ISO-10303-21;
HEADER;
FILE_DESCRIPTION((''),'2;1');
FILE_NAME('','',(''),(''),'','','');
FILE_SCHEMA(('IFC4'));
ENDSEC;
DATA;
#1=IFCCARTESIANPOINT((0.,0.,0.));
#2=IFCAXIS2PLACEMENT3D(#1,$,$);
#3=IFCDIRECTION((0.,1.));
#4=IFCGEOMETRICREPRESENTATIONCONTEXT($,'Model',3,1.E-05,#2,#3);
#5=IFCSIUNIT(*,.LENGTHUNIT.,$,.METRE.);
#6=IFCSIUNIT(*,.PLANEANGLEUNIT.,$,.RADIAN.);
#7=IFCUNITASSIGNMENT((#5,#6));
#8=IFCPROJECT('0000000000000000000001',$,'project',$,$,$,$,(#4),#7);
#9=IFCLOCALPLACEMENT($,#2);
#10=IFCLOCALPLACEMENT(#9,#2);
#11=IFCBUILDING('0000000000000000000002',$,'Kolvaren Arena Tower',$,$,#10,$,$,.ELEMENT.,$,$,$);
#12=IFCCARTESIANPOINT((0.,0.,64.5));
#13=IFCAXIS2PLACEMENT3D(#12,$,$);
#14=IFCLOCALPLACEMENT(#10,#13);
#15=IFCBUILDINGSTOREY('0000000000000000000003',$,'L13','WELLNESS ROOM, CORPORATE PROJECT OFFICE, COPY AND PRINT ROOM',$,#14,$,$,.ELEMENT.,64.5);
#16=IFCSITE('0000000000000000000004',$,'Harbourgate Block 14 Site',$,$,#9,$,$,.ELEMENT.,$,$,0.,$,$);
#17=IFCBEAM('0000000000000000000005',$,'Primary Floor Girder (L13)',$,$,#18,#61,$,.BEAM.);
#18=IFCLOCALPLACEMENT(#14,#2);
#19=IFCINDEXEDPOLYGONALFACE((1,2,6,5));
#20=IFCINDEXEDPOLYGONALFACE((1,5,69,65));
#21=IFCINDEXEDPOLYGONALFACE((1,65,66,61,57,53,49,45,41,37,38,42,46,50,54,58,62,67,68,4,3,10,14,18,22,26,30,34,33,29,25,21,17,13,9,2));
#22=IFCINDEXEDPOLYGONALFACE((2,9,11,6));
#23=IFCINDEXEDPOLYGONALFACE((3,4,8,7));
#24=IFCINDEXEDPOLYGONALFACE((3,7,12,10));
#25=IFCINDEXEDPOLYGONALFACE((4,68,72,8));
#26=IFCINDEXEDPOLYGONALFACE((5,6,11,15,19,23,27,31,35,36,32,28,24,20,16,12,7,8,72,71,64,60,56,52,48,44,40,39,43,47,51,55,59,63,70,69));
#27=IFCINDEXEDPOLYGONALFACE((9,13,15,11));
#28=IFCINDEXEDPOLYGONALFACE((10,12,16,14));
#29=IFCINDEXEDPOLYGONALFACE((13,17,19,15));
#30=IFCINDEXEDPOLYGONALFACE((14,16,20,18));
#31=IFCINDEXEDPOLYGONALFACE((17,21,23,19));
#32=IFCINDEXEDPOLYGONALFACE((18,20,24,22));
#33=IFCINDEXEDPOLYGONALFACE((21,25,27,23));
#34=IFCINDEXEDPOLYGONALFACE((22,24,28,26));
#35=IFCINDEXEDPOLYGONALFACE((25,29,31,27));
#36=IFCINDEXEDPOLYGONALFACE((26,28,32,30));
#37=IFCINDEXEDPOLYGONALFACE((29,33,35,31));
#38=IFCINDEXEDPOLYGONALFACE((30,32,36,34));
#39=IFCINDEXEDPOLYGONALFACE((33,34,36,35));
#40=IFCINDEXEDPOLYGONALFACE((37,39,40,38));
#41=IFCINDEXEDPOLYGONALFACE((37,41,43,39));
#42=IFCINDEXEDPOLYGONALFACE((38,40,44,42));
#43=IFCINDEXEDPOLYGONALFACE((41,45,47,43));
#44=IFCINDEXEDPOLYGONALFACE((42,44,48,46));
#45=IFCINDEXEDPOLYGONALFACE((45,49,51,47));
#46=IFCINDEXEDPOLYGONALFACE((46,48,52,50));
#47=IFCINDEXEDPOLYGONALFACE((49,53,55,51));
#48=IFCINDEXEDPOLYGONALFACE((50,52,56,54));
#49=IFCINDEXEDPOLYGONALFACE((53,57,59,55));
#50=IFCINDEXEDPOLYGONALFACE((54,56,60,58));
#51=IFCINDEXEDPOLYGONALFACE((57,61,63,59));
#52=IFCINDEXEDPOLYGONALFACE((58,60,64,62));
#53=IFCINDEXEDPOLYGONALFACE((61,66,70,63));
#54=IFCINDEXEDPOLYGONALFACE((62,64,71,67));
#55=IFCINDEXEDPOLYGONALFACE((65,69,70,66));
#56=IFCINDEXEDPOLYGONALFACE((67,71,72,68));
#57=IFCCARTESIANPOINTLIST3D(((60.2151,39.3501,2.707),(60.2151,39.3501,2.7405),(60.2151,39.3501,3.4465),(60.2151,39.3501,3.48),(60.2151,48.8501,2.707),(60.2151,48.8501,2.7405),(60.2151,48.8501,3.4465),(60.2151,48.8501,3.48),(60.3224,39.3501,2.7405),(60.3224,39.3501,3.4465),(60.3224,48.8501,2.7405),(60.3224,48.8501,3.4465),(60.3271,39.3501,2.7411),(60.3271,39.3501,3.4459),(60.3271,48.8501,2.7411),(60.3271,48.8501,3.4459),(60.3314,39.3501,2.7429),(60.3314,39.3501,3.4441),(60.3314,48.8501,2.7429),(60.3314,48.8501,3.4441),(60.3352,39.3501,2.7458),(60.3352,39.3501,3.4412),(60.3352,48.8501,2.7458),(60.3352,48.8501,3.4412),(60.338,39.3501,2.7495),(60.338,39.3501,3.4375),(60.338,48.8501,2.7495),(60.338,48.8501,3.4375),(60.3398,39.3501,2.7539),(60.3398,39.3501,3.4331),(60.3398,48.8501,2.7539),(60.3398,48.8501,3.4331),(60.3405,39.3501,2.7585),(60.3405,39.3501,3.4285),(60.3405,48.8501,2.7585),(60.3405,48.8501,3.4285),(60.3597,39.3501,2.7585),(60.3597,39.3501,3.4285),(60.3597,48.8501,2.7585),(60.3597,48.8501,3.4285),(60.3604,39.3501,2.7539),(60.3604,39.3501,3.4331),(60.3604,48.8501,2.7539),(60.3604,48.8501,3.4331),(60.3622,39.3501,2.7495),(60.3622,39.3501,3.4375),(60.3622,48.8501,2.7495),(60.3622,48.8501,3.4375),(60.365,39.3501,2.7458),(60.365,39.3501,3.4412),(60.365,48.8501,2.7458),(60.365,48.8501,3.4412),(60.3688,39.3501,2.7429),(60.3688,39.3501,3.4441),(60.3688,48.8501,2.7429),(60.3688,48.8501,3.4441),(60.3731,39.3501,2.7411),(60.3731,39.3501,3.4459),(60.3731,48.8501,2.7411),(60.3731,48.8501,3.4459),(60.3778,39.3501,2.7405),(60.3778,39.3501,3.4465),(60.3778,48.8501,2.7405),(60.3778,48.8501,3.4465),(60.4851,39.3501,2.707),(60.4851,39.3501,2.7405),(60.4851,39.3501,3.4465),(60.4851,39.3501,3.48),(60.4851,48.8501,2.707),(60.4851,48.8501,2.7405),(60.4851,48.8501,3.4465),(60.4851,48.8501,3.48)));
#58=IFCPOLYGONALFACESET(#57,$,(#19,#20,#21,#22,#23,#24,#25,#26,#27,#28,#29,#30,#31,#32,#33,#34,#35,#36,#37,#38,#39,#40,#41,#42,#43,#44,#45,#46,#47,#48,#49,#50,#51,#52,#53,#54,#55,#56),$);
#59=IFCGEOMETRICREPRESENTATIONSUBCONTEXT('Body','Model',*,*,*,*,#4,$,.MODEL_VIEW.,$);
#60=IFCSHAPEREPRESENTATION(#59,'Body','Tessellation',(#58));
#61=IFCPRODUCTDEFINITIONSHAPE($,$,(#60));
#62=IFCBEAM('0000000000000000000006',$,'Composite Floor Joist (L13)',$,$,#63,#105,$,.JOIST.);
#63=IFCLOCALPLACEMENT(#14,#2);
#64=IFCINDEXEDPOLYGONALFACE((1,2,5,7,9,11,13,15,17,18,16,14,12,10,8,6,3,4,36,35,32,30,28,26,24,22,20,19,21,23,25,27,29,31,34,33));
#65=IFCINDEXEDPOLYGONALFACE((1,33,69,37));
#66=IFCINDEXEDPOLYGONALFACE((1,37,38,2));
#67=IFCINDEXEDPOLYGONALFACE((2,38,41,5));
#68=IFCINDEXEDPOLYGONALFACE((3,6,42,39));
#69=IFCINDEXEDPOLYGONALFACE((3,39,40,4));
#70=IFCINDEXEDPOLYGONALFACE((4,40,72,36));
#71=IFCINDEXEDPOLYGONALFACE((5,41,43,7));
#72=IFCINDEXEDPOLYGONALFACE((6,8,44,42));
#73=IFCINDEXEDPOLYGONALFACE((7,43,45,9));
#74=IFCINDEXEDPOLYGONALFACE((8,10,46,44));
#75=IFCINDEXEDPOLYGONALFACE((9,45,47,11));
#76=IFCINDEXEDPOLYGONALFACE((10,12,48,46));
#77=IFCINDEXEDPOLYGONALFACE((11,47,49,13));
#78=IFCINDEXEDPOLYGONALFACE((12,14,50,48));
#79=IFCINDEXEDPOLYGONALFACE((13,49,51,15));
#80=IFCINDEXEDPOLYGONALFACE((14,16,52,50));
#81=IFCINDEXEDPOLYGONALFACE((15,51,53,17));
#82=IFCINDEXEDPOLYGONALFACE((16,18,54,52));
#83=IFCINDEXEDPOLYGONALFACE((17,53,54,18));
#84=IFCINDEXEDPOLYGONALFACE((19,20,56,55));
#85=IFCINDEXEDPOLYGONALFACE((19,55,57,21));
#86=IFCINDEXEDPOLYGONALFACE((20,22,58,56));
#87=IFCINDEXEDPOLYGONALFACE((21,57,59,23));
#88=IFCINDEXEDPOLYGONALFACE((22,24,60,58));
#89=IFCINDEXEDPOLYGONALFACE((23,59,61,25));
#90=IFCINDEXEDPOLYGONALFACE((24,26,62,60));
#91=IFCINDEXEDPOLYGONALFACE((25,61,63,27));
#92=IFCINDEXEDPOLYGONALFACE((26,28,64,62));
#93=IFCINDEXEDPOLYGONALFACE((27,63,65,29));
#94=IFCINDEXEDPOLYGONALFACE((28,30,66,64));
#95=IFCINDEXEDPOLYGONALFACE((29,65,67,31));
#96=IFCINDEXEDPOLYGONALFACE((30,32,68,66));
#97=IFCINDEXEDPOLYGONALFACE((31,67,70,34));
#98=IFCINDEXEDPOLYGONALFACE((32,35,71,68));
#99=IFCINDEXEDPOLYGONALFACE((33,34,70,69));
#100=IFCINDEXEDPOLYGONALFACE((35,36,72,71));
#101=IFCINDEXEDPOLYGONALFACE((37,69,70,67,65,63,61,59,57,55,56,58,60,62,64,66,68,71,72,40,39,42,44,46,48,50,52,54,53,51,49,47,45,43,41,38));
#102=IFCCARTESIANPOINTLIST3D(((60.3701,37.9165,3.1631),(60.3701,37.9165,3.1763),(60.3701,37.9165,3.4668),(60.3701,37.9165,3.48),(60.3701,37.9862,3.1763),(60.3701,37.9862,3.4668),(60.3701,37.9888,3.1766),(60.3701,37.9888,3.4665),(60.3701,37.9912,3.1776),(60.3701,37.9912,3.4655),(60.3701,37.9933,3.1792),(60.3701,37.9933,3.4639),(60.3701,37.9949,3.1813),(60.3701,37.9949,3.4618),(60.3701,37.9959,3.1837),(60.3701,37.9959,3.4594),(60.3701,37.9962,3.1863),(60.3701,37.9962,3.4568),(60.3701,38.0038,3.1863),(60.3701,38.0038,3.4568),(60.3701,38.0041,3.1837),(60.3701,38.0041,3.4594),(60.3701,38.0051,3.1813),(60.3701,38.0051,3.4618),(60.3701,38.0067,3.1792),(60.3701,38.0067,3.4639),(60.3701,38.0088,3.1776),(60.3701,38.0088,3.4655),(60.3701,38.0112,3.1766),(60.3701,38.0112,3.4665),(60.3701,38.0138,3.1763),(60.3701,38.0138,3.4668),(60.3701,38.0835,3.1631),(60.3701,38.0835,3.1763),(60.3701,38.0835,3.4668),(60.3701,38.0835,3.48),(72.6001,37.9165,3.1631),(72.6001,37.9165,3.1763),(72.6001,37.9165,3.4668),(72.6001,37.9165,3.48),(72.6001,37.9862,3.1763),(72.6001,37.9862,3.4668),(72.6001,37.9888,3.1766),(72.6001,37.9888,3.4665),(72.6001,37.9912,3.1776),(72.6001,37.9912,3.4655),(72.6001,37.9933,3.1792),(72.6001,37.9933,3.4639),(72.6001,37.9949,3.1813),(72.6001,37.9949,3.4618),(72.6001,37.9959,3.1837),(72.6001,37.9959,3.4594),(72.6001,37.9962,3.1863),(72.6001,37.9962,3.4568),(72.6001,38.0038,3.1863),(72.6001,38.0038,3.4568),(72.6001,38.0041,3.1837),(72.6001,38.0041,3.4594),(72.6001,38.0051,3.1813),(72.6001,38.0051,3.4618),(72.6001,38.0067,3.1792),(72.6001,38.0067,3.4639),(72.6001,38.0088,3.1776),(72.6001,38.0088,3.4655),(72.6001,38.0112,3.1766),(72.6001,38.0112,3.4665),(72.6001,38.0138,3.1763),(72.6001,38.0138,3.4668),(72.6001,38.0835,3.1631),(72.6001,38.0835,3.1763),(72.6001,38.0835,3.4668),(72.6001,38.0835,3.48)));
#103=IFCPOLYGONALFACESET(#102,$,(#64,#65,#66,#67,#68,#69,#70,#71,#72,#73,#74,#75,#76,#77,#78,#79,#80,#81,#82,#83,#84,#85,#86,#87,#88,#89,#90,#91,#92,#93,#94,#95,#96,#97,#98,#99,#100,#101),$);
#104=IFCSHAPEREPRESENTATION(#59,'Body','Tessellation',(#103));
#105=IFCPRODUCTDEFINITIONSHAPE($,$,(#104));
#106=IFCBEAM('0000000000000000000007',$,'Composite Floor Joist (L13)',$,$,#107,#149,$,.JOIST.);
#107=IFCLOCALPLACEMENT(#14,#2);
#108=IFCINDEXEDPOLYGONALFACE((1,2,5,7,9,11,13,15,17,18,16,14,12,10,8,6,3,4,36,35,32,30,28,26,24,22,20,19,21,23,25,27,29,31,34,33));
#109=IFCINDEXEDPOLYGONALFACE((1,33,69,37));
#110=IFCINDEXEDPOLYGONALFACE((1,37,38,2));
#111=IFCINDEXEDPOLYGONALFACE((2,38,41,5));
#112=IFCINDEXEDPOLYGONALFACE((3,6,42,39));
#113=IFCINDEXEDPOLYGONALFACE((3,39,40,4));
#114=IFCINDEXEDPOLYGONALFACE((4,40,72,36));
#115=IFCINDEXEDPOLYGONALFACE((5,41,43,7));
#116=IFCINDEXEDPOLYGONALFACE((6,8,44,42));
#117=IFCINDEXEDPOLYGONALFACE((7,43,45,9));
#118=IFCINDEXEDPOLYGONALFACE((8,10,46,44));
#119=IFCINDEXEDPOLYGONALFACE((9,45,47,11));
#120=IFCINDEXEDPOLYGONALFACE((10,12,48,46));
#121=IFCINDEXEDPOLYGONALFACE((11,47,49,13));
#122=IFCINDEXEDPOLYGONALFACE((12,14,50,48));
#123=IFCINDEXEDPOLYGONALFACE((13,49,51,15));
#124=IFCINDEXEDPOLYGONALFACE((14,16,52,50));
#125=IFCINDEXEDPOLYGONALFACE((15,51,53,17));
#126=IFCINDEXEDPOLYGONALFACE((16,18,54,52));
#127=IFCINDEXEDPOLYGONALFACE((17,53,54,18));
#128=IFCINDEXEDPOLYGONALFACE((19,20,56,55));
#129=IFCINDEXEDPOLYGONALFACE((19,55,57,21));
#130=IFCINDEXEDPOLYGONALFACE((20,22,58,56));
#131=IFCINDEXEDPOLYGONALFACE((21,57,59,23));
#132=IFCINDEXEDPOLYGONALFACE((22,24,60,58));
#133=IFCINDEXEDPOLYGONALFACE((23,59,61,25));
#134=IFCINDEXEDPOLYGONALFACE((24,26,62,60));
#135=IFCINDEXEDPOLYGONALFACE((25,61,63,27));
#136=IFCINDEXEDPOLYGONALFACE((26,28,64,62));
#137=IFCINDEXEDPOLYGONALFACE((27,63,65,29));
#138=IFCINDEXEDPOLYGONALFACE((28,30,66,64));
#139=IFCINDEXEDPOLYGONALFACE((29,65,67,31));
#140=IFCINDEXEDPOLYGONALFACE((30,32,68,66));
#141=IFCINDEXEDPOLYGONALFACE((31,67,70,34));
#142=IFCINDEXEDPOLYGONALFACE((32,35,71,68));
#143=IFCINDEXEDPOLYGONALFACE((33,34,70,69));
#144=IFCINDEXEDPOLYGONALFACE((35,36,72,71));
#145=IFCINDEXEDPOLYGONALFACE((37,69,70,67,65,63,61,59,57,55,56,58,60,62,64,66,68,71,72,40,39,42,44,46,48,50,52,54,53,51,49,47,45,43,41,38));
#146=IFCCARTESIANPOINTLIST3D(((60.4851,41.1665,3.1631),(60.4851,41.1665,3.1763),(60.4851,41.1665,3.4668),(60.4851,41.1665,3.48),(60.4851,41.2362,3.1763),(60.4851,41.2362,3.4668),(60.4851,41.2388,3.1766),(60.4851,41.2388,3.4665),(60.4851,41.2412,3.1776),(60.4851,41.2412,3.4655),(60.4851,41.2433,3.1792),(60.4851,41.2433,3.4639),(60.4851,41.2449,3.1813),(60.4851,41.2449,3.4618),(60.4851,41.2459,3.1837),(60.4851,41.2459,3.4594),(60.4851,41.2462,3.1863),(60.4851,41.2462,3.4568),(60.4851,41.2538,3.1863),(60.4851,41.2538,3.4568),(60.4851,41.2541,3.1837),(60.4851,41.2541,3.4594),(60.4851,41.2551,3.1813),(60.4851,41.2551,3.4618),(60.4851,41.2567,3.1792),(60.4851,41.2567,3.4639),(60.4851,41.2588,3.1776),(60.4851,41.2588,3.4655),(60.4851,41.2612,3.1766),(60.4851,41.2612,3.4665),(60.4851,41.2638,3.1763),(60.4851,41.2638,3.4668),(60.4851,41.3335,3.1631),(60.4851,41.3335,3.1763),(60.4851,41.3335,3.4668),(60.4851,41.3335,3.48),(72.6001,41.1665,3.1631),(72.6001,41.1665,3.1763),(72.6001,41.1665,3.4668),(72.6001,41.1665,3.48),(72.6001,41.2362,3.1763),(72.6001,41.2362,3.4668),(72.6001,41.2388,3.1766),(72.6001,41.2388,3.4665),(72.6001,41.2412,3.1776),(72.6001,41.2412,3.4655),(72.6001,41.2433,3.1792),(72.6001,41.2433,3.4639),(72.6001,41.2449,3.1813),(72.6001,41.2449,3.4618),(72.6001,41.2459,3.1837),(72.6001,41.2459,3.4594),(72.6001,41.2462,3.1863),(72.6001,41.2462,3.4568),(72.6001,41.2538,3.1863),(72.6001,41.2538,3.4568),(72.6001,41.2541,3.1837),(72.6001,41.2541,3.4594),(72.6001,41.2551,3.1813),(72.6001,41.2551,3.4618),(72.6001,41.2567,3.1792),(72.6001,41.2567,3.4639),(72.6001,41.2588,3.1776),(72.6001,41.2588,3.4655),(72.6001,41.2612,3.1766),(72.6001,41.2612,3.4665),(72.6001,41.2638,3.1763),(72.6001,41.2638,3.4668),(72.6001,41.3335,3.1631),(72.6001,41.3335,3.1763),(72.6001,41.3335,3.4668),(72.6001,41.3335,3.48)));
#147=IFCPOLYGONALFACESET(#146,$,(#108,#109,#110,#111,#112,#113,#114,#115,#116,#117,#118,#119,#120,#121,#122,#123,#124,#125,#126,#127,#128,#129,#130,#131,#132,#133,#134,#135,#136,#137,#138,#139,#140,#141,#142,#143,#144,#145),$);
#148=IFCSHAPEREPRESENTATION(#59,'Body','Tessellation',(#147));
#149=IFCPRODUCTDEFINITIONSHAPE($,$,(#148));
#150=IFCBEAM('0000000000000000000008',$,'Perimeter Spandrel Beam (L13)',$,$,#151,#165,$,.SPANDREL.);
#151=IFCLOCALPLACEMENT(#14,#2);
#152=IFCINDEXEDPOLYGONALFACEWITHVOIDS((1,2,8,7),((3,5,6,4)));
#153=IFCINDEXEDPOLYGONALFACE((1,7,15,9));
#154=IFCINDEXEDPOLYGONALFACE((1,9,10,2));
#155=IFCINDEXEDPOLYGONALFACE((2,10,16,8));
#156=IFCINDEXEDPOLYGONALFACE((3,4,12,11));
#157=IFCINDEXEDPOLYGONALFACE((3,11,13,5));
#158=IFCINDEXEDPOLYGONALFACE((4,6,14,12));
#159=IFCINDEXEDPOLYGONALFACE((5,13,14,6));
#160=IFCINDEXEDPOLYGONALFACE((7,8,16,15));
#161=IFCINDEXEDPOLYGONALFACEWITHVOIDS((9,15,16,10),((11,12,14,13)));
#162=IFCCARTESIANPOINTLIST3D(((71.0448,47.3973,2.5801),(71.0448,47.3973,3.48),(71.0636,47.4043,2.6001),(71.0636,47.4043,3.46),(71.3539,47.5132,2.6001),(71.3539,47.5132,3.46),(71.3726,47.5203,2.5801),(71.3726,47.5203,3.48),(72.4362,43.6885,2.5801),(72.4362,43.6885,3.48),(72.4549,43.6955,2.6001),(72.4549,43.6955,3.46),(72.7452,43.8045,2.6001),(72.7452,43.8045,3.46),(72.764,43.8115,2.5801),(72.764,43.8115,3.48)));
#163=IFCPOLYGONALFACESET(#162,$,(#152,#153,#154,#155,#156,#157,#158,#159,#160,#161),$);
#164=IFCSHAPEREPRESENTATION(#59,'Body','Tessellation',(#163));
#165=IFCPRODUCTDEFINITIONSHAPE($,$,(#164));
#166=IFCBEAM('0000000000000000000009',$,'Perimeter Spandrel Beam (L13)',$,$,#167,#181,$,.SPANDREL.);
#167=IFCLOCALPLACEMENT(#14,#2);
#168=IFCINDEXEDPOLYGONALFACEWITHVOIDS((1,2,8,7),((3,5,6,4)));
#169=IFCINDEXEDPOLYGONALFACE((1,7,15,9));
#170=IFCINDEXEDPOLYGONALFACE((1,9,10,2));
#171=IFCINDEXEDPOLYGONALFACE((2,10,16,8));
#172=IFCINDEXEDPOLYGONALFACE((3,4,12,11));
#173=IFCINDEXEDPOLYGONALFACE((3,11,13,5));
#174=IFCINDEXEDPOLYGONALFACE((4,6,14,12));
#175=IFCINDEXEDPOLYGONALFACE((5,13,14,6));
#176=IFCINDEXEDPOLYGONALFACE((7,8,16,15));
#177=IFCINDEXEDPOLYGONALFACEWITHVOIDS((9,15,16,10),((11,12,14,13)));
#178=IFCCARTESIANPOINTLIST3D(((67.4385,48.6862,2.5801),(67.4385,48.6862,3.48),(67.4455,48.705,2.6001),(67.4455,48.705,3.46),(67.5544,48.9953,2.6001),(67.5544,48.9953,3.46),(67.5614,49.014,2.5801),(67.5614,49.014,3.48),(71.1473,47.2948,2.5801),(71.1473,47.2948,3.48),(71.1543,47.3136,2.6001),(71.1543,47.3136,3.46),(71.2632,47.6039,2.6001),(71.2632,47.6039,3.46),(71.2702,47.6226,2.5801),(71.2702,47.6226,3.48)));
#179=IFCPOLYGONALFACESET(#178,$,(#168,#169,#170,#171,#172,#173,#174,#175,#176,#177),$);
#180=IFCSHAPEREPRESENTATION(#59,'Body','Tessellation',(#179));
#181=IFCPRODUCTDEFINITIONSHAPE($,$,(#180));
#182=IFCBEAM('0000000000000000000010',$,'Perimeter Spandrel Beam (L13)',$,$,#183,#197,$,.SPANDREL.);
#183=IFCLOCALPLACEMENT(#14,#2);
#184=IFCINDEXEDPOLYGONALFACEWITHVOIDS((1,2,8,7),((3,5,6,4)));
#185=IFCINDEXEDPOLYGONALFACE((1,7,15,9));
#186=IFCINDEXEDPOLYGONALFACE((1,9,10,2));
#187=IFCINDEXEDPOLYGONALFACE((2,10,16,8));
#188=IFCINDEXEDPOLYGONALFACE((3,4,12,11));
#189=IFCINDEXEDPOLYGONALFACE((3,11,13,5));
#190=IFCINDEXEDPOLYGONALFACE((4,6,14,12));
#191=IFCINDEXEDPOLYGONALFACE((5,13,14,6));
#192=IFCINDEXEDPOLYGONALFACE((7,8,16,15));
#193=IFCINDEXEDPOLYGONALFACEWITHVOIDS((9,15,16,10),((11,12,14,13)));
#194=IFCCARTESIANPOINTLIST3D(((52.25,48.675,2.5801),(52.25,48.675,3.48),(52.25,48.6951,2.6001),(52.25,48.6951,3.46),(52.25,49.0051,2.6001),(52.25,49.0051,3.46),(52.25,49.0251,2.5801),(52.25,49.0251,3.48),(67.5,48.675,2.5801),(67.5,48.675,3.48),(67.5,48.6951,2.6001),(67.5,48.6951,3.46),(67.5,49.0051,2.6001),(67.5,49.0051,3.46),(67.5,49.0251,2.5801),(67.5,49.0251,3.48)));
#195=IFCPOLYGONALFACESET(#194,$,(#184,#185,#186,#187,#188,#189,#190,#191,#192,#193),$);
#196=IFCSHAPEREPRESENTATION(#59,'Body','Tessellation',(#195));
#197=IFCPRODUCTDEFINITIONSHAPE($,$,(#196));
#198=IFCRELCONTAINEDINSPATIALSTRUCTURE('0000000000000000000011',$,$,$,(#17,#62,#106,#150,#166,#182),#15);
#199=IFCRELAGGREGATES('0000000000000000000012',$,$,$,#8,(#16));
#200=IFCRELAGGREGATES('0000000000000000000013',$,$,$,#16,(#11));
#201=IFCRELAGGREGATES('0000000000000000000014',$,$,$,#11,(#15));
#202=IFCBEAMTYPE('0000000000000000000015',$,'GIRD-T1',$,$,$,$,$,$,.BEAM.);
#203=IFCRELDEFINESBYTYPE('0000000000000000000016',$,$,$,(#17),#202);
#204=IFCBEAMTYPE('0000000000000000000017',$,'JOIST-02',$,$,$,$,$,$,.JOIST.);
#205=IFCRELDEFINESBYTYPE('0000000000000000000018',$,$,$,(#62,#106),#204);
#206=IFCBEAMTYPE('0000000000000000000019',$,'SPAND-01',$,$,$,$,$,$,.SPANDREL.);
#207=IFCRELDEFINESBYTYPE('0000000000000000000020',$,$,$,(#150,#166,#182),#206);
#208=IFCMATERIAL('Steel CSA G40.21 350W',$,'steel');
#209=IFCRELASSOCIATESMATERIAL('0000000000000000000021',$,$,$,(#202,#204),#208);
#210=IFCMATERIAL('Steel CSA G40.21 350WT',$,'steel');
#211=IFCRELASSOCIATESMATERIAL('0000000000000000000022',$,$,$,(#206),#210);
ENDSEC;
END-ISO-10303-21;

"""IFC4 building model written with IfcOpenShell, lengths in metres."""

from ifc_helpers import new_model, si_unit, direction, frame, origin, origin_2d, place, context, subcontext, project, spatial, hollow_rectangle, i_section, extrude, material, material_profile, profile_set, type_object, element, save


model = new_model("IFC4")

# Units and contexts
model_context = context("Model", 3, precision=1e-05, world=origin(), true_north=direction((0.0, 1.0)))
body_context = subcontext(model_context, "Body", "Model", "MODEL_VIEW")
ifc_project = project(units=[si_unit("LENGTHUNIT", "METRE"), si_unit("PLANEANGLEUNIT", "RADIAN")], contexts=[model_context])

# Site, building, storey
site_placement = place(None, origin())
site = spatial("IfcSite", under=ifc_project, at=site_placement, Name="Harbourgate Block 14 Site", CompositionType="ELEMENT", RefElevation=0.0)
building_placement = place(site_placement, origin())
building = spatial("IfcBuilding", under=site, at=building_placement, Name="Kolvaren Arena Tower", CompositionType="ELEMENT")
storey_placement = place(building_placement, frame((0.0, 0.0, 64.5)))
storey = spatial("IfcBuildingStorey", under=building, at=storey_placement, Name="L13", Description="WELLNESS ROOM, CORPORATE PROJECT OFFICE, COPY AND PRINT ROOM", CompositionType="ELEMENT", Elevation=64.5)

# Beams
ifc_material_1 = material(Name="Steel CSA G40.21 350W", Category="steel")
ifc_material_profile_1 = material_profile(ifc_material_1, i_section(OverallWidth=0.27, OverallDepth=0.7729, WebThickness=0.0193, FlangeThickness=0.0334, FilletRadius=0.0181, at=origin_2d()), Name="W760x257")
ifc_profile_set_1 = profile_set([ifc_material_profile_1], Name="Steel CSA G40.21 350W")
beam_type_1 = type_object("IfcBeamType", Name="GIRD-T1", PredefinedType="BEAM", material=ifc_profile_set_1)
beam_1_placement = place(storey_placement, frame((60.3501, 39.3501, 3.0935), z_axis=(0.0, 1.0, 0.0), x_axis=(-1.0, 0.0, 0.0)))
element("IfcBeam", 1, at=beam_1_placement, inside=storey, type_object=beam_type_1, Name="Primary Floor Girder (L13)", PredefinedType="BEAM", context=body_context, shape_type="SweptSolid", body=[
    extrude(i_section(OverallWidth=0.27, OverallDepth=0.7729, WebThickness=0.0193, FlangeThickness=0.0334, FilletRadius=0.0181, at=origin_2d()), origin(), (0.0, 0.0, 1.0), 9.5),
])
ifc_material_profile_2 = material_profile(ifc_material_1, i_section(OverallWidth=0.167, OverallDepth=0.3169, WebThickness=0.0076, FlangeThickness=0.0132, FilletRadius=0.01, at=origin_2d()), Name="W310x52")
ifc_profile_set_2 = profile_set([ifc_material_profile_2], Name="Steel CSA G40.21 350W")
beam_type_2 = type_object("IfcBeamType", Name="JOIST-02", PredefinedType="JOIST", material=ifc_profile_set_2)
beam_2_placement = place(storey_placement, frame((60.3701, 38.0, 3.3215), z_axis=(1.0, 0.0, 0.0), x_axis=(0.0, 1.0, 0.0)))
element("IfcBeam", 2, at=beam_2_placement, inside=storey, type_object=beam_type_2, Name="Composite Floor Joist (L13)", PredefinedType="JOIST", context=body_context, shape_type="SweptSolid", body=[
    extrude(i_section(OverallWidth=0.167, OverallDepth=0.3169, WebThickness=0.0076, FlangeThickness=0.0132, FilletRadius=0.01, at=origin_2d()), origin(), (0.0, 0.0, 1.0), 12.23),
])
beam_3_placement = place(storey_placement, frame((60.4851, 41.25, 3.3215), z_axis=(1.0, 0.0, 0.0), x_axis=(0.0, 1.0, 0.0)))
element("IfcBeam", 3, at=beam_3_placement, inside=storey, type_object=beam_type_2, Name="Composite Floor Joist (L13)", PredefinedType="JOIST", context=body_context, shape_type="SweptSolid", body=[
    extrude(i_section(OverallWidth=0.167, OverallDepth=0.3169, WebThickness=0.0076, FlangeThickness=0.0132, FilletRadius=0.01, at=origin_2d()), origin(), (0.0, 0.0, 1.0), 12.115),
])
ifc_material_2 = material(Name="Steel CSA G40.21 350WT", Category="steel")
ifc_material_profile_3 = material_profile(ifc_material_2, hollow_rectangle(XDim=0.3501, YDim=0.8999, WallThickness=0.02, at=origin_2d()), Name="HSS 900x350x20")
ifc_profile_set_3 = profile_set([ifc_material_profile_3], Name="Steel CSA G40.21 350WT")
beam_type_3 = type_object("IfcBeamType", Name="SPAND-01", PredefinedType="SPANDREL", material=ifc_profile_set_3)
for number, where, z_axis, x_axis, name in (
    (4, (72.6001, 43.75, 3.03), (-0.351252, 0.936281, 0.0), (-0.936281, -0.351252, 0.0), "Perimeter Spandrel Beam (L13)"),
    (5, (71.2087, 47.4587, 3.03), (-0.936281, 0.351252, 0.0), (-0.351252, -0.936281, 0.0), "Perimeter Spandrel Beam (L13)"),
):
    element("IfcBeam", number, at=place(storey_placement, frame(where, z_axis=z_axis, x_axis=x_axis)), inside=storey, type_object=beam_type_3, Name=name, PredefinedType="SPANDREL", context=body_context, shape_type="SweptSolid", body=[
        extrude(hollow_rectangle(XDim=0.3501, YDim=0.8999, WallThickness=0.02, at=origin_2d()), origin(), (0.0, 0.0, 1.0), 3.9612),
    ])
beam_4_placement = place(storey_placement, frame((67.5, 48.8501, 3.03), z_axis=(-1.0, 0.0, 0.0), x_axis=(0.0, -1.0, 0.0)))
element("IfcBeam", 6, at=beam_4_placement, inside=storey, type_object=beam_type_3, Name="Perimeter Spandrel Beam (L13)", PredefinedType="SPANDREL", context=body_context, shape_type="SweptSolid", body=[
    extrude(hollow_rectangle(XDim=0.3501, YDim=0.8999, WallThickness=0.02, at=origin_2d()), origin(), (0.0, 0.0, 1.0), 15.25),
])

save(model, "model.ifc")
